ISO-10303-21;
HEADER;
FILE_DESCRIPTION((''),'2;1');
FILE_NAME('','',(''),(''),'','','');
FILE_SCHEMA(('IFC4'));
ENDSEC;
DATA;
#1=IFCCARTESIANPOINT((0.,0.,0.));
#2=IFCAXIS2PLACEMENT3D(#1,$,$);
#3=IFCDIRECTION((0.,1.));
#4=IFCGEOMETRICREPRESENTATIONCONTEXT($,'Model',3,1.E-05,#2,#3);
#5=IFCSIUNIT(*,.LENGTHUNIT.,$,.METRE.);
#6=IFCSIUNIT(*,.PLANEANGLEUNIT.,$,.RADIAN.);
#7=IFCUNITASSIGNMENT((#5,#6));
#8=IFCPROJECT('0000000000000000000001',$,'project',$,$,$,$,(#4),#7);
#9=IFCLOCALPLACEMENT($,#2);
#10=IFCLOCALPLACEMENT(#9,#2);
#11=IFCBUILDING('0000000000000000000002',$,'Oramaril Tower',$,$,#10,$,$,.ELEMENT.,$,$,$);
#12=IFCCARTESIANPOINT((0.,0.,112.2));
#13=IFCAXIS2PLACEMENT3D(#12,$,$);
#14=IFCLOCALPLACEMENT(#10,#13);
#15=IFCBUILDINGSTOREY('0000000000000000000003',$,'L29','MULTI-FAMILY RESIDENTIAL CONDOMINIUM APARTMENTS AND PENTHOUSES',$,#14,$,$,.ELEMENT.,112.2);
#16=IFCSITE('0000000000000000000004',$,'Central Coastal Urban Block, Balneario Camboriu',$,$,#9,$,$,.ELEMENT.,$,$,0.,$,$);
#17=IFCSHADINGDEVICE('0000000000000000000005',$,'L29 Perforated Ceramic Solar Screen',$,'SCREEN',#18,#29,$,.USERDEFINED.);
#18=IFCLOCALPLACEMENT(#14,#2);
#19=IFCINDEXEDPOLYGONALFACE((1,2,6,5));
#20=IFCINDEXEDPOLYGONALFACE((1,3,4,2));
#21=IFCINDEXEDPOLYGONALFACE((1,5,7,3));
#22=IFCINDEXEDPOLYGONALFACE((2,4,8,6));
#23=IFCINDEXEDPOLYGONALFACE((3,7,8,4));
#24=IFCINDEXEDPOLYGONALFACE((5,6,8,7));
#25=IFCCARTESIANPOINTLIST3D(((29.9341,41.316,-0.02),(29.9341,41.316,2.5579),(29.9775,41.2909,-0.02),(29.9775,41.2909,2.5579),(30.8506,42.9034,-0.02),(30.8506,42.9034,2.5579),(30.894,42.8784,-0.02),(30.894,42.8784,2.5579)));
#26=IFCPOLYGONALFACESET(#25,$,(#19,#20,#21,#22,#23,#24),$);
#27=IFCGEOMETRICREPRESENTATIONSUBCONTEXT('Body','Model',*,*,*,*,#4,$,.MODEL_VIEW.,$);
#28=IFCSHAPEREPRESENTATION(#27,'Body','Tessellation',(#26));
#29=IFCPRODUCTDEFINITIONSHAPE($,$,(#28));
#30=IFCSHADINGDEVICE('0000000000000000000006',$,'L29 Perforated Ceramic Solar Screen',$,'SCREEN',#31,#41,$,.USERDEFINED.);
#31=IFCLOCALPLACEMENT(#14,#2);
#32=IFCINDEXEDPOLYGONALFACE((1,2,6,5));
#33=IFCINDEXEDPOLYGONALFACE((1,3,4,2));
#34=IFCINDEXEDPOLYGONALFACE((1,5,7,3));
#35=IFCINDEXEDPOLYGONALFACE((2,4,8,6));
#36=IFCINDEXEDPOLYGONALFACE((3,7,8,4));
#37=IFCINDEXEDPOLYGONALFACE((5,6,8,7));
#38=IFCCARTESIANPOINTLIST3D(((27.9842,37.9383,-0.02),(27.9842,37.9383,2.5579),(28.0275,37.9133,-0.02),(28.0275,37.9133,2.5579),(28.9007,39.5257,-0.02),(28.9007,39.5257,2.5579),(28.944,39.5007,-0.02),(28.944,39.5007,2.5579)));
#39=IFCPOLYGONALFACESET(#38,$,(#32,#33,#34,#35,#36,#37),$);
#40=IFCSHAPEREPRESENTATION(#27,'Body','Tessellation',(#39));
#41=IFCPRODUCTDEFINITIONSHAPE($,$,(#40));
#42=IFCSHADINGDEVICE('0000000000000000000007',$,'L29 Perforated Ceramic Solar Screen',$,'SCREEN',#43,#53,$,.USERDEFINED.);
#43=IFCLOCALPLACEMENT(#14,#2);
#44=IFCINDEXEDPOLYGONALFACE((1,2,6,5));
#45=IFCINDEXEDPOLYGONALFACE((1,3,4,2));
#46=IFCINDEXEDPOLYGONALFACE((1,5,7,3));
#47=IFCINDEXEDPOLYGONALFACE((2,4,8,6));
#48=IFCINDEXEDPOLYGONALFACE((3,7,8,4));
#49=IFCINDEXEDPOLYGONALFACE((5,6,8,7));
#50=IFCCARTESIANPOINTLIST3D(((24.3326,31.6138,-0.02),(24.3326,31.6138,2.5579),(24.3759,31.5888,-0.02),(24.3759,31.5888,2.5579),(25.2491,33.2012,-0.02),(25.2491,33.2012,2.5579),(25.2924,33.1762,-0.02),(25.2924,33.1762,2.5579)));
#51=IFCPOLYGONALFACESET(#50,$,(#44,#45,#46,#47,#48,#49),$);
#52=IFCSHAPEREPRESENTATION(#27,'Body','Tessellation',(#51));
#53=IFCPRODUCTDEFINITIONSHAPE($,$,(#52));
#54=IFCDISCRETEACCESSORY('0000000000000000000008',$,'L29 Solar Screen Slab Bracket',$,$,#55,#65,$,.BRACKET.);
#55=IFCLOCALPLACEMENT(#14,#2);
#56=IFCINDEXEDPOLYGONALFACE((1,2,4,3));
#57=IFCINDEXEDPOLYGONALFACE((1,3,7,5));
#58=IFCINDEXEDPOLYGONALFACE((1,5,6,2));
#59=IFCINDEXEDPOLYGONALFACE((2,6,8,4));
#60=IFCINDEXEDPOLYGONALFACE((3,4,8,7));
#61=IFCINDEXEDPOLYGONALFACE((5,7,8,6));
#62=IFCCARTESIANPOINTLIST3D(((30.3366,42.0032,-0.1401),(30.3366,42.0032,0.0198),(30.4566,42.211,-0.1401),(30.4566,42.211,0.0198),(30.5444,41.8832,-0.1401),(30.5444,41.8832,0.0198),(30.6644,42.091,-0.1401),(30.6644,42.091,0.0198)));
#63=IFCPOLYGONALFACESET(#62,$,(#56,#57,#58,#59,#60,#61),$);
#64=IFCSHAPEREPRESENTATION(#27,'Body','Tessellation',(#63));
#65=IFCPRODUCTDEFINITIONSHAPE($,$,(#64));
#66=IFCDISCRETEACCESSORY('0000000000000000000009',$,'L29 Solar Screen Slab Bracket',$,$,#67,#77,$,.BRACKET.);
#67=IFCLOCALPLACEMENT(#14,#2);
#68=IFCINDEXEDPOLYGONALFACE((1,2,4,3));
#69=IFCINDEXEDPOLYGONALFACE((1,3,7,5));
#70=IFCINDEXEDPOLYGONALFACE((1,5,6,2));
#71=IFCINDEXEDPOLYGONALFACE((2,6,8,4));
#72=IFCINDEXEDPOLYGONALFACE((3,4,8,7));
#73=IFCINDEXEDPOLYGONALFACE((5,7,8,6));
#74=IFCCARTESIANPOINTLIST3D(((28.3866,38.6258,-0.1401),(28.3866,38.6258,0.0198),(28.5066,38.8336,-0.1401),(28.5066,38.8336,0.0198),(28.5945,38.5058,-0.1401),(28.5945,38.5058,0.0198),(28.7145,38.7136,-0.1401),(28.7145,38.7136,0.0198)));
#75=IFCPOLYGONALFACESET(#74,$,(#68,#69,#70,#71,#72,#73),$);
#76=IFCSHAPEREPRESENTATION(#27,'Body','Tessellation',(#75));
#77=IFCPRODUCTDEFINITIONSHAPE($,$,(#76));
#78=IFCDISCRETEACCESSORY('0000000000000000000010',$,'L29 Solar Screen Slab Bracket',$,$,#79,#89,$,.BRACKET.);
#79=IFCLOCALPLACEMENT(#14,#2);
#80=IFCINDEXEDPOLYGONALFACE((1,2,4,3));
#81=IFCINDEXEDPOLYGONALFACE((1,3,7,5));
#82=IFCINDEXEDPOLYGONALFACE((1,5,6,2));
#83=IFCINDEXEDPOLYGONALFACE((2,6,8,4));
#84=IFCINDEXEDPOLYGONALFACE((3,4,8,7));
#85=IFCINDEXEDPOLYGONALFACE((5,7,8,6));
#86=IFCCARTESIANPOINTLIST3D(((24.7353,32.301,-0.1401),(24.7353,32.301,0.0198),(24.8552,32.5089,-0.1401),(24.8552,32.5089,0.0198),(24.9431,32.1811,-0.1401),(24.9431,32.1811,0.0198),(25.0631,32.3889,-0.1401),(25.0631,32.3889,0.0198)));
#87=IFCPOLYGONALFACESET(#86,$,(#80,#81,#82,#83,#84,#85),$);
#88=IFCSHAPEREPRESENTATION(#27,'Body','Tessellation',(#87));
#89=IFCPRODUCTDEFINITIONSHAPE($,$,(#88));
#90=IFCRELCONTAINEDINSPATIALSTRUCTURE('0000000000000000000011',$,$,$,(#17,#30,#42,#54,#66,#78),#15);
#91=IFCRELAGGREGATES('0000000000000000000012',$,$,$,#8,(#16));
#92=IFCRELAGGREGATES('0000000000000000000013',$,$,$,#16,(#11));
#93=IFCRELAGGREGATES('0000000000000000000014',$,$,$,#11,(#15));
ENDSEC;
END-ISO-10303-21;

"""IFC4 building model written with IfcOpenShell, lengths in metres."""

from ifc_helpers import new_model, si_unit, direction, frame, origin, origin_2d, place, context, subcontext, project, spatial, rectangle, extrude, element, save


model = new_model("IFC4")

# Units and contexts
model_context = context("Model", 3, precision=1e-05, world=origin(), true_north=direction((0.0, 1.0)))
body_context = subcontext(model_context, "Body", "Model", "MODEL_VIEW")
ifc_project = project(units=[si_unit("LENGTHUNIT", "METRE"), si_unit("PLANEANGLEUNIT", "RADIAN")], contexts=[model_context])

# Site, building, storey
site_placement = place(None, origin())
site = spatial("IfcSite", under=ifc_project, at=site_placement, Name="Central Coastal Urban Block, Balneario Camboriu", CompositionType="ELEMENT", RefElevation=0.0)
building_placement = place(site_placement, origin())
building = spatial("IfcBuilding", under=site, at=building_placement, Name="Oramaril Tower", CompositionType="ELEMENT")
storey_placement = place(building_placement, frame((0.0, 0.0, 112.2)))
storey = spatial("IfcBuildingStorey", under=building, at=storey_placement, Name="L29", Description="MULTI-FAMILY RESIDENTIAL CONDOMINIUM APARTMENTS AND PENTHOUSES", CompositionType="ELEMENT", Elevation=112.2)

# Shading devices
for number, where, z_axis, x_axis, name in (
    (1, (30.4141, 42.0972, -0.02), (0.0, 0.0, 1.0), (-0.5, -0.866025, 0.0), "L29 Perforated Ceramic Solar Screen"),
    (2, (28.4641, 38.7195, -0.02), (0.0, 0.0, 1.0), (-0.5, -0.866025, 0.0), "L29 Perforated Ceramic Solar Screen"),
    (3, (24.8125, 32.395, -0.02), (0.0, 0.0, 1.0), (-0.5, -0.866025, 0.0), "L29 Perforated Ceramic Solar Screen"),
):
    element("IfcShadingDevice", number, at=place(storey_placement, frame(where, z_axis=z_axis, x_axis=x_axis)), inside=storey, Name=name, ObjectType="SCREEN", PredefinedType="USERDEFINED", context=body_context, shape_type="SweptSolid", body=[
        extrude(rectangle(XDim=1.833, YDim=0.05, at=origin_2d()), origin(), (0.0, 0.0, 1.0), 2.5779),
    ])

# Discrete accessories
for number, where, z_axis, x_axis, name in (
    (4, (30.5005, 42.0471, -0.1401), (0.0, 0.0, 1.0), (-0.5, -0.866025, 0.0), "L29 Solar Screen Slab Bracket"),
    (5, (28.5505, 38.6697, -0.1401), (0.0, 0.0, 1.0), (-0.5, -0.866025, 0.0), "L29 Solar Screen Slab Bracket"),
    (6, (24.8992, 32.345, -0.1401), (0.0, 0.0, 1.0), (-0.5, -0.866025, 0.0), "L29 Solar Screen Slab Bracket"),
):
    element("IfcDiscreteAccessory", number, at=place(storey_placement, frame(where, z_axis=z_axis, x_axis=x_axis)), inside=storey, Name=name, PredefinedType="BRACKET", context=body_context, shape_type="SweptSolid", body=[
        extrude(rectangle(XDim=0.24, YDim=0.24, at=origin_2d()), origin(), (0.0, 0.0, 1.0), 0.1599),
    ])

save(model, "model.ifc")
